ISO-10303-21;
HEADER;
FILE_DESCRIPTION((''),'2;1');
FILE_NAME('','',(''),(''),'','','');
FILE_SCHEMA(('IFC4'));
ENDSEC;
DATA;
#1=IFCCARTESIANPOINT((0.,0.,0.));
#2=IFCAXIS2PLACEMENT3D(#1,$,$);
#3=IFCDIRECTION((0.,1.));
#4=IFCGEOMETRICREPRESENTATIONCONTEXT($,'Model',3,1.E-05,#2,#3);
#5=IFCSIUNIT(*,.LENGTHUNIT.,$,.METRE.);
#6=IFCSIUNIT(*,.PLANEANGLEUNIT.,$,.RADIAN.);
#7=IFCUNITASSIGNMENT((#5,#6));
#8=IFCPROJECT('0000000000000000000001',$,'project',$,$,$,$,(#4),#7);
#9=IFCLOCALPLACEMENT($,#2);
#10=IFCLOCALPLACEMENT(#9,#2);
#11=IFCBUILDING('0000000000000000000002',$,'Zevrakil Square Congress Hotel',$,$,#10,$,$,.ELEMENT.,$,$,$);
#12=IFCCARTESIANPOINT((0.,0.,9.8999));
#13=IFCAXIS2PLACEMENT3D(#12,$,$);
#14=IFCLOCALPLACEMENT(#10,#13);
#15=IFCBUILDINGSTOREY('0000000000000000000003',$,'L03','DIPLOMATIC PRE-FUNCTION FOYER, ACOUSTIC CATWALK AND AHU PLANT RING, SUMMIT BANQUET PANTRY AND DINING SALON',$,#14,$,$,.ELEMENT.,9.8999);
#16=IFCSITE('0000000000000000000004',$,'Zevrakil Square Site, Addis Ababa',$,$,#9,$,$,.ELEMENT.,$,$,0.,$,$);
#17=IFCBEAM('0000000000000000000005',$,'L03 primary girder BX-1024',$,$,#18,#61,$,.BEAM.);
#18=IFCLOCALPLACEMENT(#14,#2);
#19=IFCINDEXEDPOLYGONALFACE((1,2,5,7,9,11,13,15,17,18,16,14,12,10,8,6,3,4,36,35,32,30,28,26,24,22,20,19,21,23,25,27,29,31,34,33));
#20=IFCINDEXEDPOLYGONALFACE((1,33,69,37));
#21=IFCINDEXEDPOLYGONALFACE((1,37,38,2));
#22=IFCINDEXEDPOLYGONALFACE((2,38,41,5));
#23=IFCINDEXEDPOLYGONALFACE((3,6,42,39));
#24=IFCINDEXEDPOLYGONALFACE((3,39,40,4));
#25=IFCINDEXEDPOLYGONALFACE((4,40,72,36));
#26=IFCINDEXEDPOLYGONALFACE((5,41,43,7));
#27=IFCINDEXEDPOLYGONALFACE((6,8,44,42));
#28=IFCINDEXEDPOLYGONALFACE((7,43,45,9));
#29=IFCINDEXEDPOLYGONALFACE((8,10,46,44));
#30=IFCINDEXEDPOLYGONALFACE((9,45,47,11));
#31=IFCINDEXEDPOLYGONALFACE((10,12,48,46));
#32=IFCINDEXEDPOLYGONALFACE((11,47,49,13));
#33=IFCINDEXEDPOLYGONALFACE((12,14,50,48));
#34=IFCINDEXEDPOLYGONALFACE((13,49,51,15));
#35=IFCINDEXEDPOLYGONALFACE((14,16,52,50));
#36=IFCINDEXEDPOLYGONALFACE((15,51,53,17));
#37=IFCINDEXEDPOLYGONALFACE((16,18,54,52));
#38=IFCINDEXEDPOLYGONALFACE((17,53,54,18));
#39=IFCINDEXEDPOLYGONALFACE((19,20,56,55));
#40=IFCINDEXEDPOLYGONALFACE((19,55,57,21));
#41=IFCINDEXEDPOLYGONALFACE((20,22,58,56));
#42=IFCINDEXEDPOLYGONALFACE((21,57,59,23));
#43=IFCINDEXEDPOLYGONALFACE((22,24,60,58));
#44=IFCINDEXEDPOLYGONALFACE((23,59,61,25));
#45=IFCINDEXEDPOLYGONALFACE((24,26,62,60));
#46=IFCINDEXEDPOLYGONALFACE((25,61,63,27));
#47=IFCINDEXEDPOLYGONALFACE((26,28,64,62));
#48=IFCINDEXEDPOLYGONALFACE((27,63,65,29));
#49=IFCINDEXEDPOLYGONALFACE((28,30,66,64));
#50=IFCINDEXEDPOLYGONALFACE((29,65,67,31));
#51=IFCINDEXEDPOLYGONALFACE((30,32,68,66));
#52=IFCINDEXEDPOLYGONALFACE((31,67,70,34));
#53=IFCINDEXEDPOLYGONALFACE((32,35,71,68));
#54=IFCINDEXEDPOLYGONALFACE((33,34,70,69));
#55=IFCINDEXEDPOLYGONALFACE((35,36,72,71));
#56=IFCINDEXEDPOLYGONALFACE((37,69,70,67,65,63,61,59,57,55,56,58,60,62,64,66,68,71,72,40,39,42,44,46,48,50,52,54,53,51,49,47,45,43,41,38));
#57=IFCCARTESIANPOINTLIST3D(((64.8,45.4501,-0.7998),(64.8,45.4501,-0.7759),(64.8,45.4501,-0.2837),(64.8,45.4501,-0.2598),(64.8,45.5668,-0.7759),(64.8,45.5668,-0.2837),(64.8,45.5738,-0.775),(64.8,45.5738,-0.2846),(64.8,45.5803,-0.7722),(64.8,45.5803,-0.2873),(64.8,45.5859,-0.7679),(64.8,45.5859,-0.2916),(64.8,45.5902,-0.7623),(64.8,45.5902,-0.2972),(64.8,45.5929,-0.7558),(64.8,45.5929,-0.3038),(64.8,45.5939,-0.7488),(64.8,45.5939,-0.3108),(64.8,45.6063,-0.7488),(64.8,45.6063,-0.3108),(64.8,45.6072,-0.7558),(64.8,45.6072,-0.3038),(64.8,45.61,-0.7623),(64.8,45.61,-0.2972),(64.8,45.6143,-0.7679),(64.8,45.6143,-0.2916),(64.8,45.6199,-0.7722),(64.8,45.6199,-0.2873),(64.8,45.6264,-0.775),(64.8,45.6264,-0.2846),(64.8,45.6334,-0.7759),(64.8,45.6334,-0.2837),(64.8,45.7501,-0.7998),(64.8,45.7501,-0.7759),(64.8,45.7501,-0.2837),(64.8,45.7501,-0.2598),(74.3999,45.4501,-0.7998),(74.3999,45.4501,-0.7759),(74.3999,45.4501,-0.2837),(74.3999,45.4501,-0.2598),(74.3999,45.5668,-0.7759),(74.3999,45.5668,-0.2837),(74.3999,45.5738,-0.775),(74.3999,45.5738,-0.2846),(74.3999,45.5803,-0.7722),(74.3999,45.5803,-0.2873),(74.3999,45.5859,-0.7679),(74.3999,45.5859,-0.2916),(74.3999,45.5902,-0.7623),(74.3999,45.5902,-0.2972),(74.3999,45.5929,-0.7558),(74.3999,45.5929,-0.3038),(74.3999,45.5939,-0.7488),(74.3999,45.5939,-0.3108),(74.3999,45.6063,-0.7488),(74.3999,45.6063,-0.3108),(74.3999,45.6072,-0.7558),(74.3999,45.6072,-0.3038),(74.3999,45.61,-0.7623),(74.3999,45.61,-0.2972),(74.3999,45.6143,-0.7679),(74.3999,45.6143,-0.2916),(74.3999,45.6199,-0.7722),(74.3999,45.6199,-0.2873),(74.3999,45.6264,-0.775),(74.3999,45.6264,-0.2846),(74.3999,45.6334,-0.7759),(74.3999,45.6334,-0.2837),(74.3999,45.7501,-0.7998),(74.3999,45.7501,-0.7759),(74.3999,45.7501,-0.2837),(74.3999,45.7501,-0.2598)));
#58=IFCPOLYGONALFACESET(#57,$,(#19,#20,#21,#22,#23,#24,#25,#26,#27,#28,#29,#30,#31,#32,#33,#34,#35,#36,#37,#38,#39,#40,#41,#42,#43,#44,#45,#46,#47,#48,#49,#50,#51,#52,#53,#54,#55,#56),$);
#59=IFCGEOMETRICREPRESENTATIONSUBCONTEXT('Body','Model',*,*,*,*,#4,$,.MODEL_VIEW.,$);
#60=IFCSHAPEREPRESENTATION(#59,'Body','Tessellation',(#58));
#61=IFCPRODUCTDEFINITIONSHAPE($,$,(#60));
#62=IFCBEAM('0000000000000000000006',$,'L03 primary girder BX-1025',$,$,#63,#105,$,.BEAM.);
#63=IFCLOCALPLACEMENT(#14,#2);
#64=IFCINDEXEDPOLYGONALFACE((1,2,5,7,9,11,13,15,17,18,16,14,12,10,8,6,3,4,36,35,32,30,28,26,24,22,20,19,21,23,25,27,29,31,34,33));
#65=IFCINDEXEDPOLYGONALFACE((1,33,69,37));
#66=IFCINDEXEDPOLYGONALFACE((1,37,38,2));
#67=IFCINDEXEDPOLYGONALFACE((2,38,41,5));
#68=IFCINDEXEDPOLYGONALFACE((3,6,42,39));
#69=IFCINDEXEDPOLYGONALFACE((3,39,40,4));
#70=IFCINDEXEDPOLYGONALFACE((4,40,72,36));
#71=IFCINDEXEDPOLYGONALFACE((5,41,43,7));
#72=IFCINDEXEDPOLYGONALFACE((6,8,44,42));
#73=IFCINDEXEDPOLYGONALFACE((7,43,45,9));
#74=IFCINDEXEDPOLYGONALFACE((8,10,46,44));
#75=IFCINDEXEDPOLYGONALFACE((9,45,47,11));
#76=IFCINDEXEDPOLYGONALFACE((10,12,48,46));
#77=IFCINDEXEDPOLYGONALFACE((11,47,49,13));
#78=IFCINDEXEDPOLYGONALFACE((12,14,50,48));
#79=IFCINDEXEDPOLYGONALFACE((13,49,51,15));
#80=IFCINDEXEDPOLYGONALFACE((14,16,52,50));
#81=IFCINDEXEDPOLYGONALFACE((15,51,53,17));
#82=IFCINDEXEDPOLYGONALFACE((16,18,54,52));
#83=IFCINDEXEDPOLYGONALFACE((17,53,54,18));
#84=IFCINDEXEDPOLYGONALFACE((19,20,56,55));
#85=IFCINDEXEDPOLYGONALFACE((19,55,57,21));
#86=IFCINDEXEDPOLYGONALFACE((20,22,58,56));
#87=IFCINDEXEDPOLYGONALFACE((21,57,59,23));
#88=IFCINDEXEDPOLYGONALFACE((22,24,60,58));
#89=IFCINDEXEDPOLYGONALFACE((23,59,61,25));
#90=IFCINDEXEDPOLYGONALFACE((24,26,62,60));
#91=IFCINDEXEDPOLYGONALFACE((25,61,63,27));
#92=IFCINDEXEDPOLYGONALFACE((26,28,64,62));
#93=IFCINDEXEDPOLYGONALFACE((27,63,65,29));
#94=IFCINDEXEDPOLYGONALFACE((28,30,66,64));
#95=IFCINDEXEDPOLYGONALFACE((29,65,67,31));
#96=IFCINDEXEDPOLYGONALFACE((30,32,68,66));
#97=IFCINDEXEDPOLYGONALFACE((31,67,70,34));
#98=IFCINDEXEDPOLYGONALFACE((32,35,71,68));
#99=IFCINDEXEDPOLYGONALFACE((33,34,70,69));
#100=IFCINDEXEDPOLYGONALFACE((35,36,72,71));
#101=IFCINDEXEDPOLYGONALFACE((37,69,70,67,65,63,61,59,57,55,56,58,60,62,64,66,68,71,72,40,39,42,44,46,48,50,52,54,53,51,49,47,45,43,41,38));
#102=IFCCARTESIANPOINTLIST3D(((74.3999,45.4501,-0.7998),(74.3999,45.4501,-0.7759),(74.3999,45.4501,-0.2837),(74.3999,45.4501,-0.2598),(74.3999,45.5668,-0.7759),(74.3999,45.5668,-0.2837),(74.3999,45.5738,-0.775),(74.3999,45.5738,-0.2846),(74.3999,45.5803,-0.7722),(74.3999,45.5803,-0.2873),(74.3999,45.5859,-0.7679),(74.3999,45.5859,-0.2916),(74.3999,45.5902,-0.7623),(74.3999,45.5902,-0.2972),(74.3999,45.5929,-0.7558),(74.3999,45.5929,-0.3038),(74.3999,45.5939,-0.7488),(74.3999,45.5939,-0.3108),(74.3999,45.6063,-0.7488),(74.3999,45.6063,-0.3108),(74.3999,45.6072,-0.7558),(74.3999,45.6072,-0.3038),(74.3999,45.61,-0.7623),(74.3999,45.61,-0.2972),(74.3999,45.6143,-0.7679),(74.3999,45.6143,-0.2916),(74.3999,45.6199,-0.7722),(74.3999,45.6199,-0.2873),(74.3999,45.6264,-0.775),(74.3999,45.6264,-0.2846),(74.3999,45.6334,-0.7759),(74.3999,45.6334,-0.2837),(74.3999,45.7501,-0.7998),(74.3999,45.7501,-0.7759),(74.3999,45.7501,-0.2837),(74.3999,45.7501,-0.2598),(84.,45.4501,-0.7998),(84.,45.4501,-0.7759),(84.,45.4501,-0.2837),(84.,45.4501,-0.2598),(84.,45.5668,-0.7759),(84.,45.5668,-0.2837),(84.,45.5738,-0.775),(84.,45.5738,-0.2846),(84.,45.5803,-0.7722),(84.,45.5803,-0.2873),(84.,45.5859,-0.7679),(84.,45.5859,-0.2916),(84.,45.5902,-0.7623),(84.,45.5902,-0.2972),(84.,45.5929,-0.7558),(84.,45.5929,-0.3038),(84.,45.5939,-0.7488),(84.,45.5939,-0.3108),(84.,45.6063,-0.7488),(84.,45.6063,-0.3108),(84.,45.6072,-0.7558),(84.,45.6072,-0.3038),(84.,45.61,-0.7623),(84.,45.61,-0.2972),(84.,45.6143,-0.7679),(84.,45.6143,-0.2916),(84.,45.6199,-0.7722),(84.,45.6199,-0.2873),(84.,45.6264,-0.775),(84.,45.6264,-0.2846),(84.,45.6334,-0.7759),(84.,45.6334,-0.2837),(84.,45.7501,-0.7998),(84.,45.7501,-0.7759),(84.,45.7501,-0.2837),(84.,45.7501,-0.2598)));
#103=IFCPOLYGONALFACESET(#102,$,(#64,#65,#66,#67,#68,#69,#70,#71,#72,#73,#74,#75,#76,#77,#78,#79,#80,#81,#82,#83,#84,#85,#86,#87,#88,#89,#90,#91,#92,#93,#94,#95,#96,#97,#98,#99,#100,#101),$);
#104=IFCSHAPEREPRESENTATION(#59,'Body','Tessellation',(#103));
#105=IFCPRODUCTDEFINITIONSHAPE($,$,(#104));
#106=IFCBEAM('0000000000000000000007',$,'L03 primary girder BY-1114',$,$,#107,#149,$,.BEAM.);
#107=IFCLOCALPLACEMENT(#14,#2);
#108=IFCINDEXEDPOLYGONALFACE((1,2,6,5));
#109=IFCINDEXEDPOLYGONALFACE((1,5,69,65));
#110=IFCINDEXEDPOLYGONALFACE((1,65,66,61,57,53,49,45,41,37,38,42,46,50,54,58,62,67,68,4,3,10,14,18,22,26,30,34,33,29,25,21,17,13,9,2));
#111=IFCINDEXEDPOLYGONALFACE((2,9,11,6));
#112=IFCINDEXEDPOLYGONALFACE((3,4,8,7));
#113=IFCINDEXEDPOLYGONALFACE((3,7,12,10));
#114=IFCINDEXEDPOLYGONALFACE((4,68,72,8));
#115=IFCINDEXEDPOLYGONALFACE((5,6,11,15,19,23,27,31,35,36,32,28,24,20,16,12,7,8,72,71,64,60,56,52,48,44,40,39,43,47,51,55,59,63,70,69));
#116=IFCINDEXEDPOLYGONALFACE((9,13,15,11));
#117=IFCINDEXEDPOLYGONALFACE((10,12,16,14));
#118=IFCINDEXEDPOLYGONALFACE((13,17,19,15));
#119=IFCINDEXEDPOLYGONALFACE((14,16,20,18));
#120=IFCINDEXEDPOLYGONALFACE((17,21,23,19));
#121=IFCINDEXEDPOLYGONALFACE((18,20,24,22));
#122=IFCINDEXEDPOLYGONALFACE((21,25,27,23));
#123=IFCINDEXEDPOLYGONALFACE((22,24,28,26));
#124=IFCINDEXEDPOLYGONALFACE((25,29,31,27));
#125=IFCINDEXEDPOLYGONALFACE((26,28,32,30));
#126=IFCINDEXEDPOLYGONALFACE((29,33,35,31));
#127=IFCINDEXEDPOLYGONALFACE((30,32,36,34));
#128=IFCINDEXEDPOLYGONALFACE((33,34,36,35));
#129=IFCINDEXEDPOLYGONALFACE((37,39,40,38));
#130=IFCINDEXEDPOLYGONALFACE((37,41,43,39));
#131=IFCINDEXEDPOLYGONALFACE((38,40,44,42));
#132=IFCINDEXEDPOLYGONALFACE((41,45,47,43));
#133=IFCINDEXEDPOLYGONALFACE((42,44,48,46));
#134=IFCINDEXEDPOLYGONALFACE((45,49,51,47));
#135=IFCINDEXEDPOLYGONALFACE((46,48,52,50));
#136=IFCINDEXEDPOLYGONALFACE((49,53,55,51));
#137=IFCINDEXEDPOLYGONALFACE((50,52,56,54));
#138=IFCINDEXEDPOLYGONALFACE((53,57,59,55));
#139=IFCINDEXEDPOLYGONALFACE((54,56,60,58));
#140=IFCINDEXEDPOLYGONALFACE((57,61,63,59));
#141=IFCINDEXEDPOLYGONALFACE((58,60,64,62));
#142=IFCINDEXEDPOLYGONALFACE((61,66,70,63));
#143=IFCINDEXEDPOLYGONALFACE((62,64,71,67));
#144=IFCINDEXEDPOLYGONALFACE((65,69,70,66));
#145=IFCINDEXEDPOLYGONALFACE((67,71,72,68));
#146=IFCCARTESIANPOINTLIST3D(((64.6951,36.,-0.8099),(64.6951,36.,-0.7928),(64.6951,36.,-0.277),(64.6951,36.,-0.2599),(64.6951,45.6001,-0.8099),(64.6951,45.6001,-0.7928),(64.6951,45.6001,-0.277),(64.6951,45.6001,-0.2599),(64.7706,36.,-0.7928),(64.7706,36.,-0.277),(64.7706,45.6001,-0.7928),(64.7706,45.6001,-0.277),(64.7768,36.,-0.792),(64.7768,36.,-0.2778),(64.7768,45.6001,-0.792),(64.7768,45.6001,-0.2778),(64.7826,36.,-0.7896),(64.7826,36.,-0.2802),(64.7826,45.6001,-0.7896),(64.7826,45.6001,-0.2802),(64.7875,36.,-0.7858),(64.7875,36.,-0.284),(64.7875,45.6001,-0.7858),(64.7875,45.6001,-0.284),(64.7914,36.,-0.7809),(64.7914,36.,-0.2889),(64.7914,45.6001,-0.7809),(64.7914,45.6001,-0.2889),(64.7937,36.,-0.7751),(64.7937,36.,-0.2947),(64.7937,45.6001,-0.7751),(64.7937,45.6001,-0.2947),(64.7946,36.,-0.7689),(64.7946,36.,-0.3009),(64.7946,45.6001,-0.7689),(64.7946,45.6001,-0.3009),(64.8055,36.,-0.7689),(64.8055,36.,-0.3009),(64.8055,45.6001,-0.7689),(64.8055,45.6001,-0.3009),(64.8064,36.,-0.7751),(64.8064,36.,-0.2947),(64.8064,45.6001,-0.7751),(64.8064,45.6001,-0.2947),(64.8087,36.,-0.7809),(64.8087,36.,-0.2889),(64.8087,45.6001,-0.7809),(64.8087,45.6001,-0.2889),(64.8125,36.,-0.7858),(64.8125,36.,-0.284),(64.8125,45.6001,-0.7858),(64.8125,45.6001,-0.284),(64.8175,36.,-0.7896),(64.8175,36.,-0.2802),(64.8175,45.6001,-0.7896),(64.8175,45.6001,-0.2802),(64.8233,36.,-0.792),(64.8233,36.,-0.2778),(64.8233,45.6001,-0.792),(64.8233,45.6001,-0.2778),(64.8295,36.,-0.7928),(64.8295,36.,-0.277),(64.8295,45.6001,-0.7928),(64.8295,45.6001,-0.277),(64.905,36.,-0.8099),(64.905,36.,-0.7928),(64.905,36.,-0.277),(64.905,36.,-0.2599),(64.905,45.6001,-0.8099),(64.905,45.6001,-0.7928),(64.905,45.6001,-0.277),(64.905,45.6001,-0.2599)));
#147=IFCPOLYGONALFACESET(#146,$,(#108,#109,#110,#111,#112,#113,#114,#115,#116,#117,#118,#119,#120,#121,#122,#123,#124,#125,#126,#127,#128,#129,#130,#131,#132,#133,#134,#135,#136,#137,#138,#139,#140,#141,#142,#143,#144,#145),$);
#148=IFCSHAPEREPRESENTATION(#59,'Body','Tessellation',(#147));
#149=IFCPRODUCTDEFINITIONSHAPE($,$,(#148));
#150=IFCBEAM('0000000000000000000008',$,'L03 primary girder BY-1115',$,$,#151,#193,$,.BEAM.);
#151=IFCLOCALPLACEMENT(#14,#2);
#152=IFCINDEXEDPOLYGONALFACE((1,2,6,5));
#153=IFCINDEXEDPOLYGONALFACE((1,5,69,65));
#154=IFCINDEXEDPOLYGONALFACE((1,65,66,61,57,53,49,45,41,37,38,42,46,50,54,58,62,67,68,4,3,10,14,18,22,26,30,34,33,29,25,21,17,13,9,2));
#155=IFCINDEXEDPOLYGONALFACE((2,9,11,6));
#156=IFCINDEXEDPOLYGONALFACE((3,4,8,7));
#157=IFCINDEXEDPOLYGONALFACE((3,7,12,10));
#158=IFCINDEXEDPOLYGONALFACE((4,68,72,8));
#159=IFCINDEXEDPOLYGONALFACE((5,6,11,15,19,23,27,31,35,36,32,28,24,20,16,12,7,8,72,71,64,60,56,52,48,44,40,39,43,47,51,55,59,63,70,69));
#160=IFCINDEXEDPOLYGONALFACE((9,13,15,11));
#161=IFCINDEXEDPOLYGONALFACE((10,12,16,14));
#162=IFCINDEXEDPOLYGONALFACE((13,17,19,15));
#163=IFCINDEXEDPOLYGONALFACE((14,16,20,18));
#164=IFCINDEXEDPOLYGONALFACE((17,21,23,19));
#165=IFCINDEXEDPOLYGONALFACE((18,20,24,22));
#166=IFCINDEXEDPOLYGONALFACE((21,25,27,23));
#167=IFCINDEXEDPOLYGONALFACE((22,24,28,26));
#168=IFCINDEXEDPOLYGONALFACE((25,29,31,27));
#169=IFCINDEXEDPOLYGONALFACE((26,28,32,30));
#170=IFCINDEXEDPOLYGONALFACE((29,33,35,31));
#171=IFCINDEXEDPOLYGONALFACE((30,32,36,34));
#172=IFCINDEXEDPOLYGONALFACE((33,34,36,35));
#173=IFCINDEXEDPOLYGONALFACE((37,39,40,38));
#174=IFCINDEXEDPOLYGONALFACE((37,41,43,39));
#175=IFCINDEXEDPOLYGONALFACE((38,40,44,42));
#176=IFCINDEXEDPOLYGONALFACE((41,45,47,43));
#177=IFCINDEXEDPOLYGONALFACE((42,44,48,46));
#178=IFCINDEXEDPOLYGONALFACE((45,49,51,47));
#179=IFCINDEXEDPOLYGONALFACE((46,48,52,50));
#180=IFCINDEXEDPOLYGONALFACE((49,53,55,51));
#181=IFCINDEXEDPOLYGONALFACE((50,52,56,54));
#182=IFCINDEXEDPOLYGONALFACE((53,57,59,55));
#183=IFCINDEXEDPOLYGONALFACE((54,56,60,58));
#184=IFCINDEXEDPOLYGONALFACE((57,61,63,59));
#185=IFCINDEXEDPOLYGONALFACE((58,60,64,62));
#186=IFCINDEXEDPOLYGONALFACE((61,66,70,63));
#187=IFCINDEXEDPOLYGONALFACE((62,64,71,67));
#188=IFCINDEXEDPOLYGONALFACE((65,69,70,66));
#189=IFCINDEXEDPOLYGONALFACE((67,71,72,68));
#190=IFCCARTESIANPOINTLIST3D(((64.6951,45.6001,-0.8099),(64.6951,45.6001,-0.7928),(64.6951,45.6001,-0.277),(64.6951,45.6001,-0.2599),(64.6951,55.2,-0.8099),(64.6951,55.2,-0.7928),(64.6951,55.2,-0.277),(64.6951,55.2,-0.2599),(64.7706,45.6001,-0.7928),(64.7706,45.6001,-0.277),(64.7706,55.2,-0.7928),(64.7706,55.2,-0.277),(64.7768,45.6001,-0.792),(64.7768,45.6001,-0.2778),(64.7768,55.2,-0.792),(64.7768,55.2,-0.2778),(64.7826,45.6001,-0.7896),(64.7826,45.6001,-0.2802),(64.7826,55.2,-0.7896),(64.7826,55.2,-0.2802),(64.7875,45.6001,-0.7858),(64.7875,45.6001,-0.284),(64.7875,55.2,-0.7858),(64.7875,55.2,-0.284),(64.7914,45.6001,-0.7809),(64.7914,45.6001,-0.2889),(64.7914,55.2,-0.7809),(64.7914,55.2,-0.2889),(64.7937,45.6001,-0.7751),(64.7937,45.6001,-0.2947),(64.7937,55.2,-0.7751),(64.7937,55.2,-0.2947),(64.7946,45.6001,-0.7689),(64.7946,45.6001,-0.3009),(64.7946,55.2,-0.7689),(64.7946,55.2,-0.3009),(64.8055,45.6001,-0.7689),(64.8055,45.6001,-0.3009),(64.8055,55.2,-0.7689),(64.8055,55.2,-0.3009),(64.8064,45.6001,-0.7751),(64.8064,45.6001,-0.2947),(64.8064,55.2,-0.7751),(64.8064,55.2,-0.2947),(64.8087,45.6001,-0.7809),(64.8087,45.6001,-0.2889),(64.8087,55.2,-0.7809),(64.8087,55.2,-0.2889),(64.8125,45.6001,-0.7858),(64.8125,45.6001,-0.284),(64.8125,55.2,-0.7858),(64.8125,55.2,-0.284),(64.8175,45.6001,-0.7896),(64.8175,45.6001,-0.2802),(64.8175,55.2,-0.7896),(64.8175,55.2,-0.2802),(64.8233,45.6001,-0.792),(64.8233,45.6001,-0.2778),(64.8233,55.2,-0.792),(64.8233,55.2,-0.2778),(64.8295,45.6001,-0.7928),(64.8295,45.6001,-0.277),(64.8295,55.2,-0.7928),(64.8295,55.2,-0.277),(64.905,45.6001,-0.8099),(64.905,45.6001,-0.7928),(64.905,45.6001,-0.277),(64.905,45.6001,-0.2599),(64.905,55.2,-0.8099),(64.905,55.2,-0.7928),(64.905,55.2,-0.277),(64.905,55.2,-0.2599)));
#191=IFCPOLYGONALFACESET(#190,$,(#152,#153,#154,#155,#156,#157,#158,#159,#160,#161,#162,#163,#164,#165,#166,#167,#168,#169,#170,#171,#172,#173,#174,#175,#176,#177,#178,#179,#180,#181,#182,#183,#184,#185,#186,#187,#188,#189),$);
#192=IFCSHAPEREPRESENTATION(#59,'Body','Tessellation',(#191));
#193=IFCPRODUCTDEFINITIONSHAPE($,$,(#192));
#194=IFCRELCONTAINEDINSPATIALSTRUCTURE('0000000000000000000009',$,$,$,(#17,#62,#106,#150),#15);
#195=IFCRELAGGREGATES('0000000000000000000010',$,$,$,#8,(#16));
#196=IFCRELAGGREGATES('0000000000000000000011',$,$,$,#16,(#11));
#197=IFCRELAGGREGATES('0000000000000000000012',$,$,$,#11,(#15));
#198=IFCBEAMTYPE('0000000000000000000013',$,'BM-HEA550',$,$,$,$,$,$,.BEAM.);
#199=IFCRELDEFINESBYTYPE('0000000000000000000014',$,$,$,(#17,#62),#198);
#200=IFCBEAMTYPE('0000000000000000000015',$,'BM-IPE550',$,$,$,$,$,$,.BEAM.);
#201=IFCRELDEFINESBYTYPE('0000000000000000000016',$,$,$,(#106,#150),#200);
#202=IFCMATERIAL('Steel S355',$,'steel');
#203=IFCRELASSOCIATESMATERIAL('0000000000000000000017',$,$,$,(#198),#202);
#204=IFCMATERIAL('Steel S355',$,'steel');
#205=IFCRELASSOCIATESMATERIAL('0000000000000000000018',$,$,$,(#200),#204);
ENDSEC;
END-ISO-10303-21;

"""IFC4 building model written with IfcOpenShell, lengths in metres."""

from ifc_helpers import new_model, si_unit, direction, frame, origin, origin_2d, place, context, subcontext, project, spatial, i_section, extrude, material, material_profile, profile_set, type_object, element, save


model = new_model("IFC4")

# Units and contexts
model_context = context("Model", 3, precision=1e-05, world=origin(), true_north=direction((0.0, 1.0)))
body_context = subcontext(model_context, "Body", "Model", "MODEL_VIEW")
ifc_project = project(units=[si_unit("LENGTHUNIT", "METRE"), si_unit("PLANEANGLEUNIT", "RADIAN")], contexts=[model_context])

# Site, building, storey
site_placement = place(None, origin())
site = spatial("IfcSite", under=ifc_project, at=site_placement, Name="Zevrakil Square Site, Addis Ababa", CompositionType="ELEMENT", RefElevation=0.0)
building_placement = place(site_placement, origin())
building = spatial("IfcBuilding", under=site, at=building_placement, Name="Zevrakil Square Congress Hotel", CompositionType="ELEMENT")
storey_placement = place(building_placement, frame((0.0, 0.0, 9.8999)))
storey = spatial("IfcBuildingStorey", under=building, at=storey_placement, Name="L03", Description="DIPLOMATIC PRE-FUNCTION FOYER, ACOUSTIC CATWALK AND AHU PLANT RING, SUMMIT BANQUET PANTRY AND DINING SALON", CompositionType="ELEMENT", Elevation=9.8999)

# Beams
ifc_material_1 = material(Name="Steel S355", Category="steel")
ifc_material_profile_1 = material_profile(ifc_material_1, i_section(OverallWidth=0.3, OverallDepth=0.54, WebThickness=0.0125, FlangeThickness=0.0239, FilletRadius=0.0271, at=origin_2d()), Name="HEA 550")
ifc_profile_set_1 = profile_set([ifc_material_profile_1], Name="Steel S355")
beam_type_1 = type_object("IfcBeamType", Name="BM-HEA550", PredefinedType="BEAM", material=ifc_profile_set_1)
beam_1_placement = place(storey_placement, frame((64.8, 45.6001, -0.5298), z_axis=(1.0, 0.0, 0.0), x_axis=(0.0, 1.0, 0.0)))
element("IfcBeam", 1, at=beam_1_placement, inside=storey, type_object=beam_type_1, Name="L03 primary girder BX-1024", PredefinedType="BEAM", context=body_context, shape_type="SweptSolid", body=[
    extrude(i_section(OverallWidth=0.3, OverallDepth=0.54, WebThickness=0.0125, FlangeThickness=0.0239, FilletRadius=0.0271, at=origin_2d()), origin(), (0.0, 0.0, 1.0), 9.5999),
])
beam_2_placement = place(storey_placement, frame((74.3999, 45.6001, -0.5298), z_axis=(1.0, 0.0, 0.0), x_axis=(0.0, 1.0, 0.0)))
element("IfcBeam", 2, at=beam_2_placement, inside=storey, type_object=beam_type_1, Name="L03 primary girder BX-1025", PredefinedType="BEAM", context=body_context, shape_type="SweptSolid", body=[
    extrude(i_section(OverallWidth=0.3, OverallDepth=0.54, WebThickness=0.0125, FlangeThickness=0.0239, FilletRadius=0.0271, at=origin_2d()), origin(), (0.0, 0.0, 1.0), 9.6001),
])
ifc_material_2 = material(Name="Steel S355", Category="steel")
ifc_material_profile_2 = material_profile(ifc_material_2, i_section(OverallWidth=0.21, OverallDepth=0.55, WebThickness=0.011, FlangeThickness=0.0171, FilletRadius=0.0239, at=origin_2d()), Name="IPE 550")
ifc_profile_set_2 = profile_set([ifc_material_profile_2], Name="Steel S355")
beam_type_2 = type_object("IfcBeamType", Name="BM-IPE550", PredefinedType="BEAM", material=ifc_profile_set_2)
beam_3_placement = place(storey_placement, frame((64.8, 36.0, -0.5349), z_axis=(0.0, 1.0, 0.0), x_axis=(-1.0, 0.0, 0.0)))
element("IfcBeam", 3, at=beam_3_placement, inside=storey, type_object=beam_type_2, Name="L03 primary girder BY-1114", PredefinedType="BEAM", context=body_context, shape_type="SweptSolid", body=[
    extrude(i_section(OverallWidth=0.21, OverallDepth=0.55, WebThickness=0.011, FlangeThickness=0.0171, FilletRadius=0.0239, at=origin_2d()), origin(), (0.0, 0.0, 1.0), 9.6001),
])
beam_4_placement = place(storey_placement, frame((64.8, 45.6001, -0.5349), z_axis=(0.0, 1.0, 0.0), x_axis=(-1.0, 0.0, 0.0)))
element("IfcBeam", 4, at=beam_4_placement, inside=storey, type_object=beam_type_2, Name="L03 primary girder BY-1115", PredefinedType="BEAM", context=body_context, shape_type="SweptSolid", body=[
    extrude(i_section(OverallWidth=0.21, OverallDepth=0.55, WebThickness=0.011, FlangeThickness=0.0171, FilletRadius=0.0239, at=origin_2d()), origin(), (0.0, 0.0, 1.0), 9.5999),
])

save(model, "model.ifc")
